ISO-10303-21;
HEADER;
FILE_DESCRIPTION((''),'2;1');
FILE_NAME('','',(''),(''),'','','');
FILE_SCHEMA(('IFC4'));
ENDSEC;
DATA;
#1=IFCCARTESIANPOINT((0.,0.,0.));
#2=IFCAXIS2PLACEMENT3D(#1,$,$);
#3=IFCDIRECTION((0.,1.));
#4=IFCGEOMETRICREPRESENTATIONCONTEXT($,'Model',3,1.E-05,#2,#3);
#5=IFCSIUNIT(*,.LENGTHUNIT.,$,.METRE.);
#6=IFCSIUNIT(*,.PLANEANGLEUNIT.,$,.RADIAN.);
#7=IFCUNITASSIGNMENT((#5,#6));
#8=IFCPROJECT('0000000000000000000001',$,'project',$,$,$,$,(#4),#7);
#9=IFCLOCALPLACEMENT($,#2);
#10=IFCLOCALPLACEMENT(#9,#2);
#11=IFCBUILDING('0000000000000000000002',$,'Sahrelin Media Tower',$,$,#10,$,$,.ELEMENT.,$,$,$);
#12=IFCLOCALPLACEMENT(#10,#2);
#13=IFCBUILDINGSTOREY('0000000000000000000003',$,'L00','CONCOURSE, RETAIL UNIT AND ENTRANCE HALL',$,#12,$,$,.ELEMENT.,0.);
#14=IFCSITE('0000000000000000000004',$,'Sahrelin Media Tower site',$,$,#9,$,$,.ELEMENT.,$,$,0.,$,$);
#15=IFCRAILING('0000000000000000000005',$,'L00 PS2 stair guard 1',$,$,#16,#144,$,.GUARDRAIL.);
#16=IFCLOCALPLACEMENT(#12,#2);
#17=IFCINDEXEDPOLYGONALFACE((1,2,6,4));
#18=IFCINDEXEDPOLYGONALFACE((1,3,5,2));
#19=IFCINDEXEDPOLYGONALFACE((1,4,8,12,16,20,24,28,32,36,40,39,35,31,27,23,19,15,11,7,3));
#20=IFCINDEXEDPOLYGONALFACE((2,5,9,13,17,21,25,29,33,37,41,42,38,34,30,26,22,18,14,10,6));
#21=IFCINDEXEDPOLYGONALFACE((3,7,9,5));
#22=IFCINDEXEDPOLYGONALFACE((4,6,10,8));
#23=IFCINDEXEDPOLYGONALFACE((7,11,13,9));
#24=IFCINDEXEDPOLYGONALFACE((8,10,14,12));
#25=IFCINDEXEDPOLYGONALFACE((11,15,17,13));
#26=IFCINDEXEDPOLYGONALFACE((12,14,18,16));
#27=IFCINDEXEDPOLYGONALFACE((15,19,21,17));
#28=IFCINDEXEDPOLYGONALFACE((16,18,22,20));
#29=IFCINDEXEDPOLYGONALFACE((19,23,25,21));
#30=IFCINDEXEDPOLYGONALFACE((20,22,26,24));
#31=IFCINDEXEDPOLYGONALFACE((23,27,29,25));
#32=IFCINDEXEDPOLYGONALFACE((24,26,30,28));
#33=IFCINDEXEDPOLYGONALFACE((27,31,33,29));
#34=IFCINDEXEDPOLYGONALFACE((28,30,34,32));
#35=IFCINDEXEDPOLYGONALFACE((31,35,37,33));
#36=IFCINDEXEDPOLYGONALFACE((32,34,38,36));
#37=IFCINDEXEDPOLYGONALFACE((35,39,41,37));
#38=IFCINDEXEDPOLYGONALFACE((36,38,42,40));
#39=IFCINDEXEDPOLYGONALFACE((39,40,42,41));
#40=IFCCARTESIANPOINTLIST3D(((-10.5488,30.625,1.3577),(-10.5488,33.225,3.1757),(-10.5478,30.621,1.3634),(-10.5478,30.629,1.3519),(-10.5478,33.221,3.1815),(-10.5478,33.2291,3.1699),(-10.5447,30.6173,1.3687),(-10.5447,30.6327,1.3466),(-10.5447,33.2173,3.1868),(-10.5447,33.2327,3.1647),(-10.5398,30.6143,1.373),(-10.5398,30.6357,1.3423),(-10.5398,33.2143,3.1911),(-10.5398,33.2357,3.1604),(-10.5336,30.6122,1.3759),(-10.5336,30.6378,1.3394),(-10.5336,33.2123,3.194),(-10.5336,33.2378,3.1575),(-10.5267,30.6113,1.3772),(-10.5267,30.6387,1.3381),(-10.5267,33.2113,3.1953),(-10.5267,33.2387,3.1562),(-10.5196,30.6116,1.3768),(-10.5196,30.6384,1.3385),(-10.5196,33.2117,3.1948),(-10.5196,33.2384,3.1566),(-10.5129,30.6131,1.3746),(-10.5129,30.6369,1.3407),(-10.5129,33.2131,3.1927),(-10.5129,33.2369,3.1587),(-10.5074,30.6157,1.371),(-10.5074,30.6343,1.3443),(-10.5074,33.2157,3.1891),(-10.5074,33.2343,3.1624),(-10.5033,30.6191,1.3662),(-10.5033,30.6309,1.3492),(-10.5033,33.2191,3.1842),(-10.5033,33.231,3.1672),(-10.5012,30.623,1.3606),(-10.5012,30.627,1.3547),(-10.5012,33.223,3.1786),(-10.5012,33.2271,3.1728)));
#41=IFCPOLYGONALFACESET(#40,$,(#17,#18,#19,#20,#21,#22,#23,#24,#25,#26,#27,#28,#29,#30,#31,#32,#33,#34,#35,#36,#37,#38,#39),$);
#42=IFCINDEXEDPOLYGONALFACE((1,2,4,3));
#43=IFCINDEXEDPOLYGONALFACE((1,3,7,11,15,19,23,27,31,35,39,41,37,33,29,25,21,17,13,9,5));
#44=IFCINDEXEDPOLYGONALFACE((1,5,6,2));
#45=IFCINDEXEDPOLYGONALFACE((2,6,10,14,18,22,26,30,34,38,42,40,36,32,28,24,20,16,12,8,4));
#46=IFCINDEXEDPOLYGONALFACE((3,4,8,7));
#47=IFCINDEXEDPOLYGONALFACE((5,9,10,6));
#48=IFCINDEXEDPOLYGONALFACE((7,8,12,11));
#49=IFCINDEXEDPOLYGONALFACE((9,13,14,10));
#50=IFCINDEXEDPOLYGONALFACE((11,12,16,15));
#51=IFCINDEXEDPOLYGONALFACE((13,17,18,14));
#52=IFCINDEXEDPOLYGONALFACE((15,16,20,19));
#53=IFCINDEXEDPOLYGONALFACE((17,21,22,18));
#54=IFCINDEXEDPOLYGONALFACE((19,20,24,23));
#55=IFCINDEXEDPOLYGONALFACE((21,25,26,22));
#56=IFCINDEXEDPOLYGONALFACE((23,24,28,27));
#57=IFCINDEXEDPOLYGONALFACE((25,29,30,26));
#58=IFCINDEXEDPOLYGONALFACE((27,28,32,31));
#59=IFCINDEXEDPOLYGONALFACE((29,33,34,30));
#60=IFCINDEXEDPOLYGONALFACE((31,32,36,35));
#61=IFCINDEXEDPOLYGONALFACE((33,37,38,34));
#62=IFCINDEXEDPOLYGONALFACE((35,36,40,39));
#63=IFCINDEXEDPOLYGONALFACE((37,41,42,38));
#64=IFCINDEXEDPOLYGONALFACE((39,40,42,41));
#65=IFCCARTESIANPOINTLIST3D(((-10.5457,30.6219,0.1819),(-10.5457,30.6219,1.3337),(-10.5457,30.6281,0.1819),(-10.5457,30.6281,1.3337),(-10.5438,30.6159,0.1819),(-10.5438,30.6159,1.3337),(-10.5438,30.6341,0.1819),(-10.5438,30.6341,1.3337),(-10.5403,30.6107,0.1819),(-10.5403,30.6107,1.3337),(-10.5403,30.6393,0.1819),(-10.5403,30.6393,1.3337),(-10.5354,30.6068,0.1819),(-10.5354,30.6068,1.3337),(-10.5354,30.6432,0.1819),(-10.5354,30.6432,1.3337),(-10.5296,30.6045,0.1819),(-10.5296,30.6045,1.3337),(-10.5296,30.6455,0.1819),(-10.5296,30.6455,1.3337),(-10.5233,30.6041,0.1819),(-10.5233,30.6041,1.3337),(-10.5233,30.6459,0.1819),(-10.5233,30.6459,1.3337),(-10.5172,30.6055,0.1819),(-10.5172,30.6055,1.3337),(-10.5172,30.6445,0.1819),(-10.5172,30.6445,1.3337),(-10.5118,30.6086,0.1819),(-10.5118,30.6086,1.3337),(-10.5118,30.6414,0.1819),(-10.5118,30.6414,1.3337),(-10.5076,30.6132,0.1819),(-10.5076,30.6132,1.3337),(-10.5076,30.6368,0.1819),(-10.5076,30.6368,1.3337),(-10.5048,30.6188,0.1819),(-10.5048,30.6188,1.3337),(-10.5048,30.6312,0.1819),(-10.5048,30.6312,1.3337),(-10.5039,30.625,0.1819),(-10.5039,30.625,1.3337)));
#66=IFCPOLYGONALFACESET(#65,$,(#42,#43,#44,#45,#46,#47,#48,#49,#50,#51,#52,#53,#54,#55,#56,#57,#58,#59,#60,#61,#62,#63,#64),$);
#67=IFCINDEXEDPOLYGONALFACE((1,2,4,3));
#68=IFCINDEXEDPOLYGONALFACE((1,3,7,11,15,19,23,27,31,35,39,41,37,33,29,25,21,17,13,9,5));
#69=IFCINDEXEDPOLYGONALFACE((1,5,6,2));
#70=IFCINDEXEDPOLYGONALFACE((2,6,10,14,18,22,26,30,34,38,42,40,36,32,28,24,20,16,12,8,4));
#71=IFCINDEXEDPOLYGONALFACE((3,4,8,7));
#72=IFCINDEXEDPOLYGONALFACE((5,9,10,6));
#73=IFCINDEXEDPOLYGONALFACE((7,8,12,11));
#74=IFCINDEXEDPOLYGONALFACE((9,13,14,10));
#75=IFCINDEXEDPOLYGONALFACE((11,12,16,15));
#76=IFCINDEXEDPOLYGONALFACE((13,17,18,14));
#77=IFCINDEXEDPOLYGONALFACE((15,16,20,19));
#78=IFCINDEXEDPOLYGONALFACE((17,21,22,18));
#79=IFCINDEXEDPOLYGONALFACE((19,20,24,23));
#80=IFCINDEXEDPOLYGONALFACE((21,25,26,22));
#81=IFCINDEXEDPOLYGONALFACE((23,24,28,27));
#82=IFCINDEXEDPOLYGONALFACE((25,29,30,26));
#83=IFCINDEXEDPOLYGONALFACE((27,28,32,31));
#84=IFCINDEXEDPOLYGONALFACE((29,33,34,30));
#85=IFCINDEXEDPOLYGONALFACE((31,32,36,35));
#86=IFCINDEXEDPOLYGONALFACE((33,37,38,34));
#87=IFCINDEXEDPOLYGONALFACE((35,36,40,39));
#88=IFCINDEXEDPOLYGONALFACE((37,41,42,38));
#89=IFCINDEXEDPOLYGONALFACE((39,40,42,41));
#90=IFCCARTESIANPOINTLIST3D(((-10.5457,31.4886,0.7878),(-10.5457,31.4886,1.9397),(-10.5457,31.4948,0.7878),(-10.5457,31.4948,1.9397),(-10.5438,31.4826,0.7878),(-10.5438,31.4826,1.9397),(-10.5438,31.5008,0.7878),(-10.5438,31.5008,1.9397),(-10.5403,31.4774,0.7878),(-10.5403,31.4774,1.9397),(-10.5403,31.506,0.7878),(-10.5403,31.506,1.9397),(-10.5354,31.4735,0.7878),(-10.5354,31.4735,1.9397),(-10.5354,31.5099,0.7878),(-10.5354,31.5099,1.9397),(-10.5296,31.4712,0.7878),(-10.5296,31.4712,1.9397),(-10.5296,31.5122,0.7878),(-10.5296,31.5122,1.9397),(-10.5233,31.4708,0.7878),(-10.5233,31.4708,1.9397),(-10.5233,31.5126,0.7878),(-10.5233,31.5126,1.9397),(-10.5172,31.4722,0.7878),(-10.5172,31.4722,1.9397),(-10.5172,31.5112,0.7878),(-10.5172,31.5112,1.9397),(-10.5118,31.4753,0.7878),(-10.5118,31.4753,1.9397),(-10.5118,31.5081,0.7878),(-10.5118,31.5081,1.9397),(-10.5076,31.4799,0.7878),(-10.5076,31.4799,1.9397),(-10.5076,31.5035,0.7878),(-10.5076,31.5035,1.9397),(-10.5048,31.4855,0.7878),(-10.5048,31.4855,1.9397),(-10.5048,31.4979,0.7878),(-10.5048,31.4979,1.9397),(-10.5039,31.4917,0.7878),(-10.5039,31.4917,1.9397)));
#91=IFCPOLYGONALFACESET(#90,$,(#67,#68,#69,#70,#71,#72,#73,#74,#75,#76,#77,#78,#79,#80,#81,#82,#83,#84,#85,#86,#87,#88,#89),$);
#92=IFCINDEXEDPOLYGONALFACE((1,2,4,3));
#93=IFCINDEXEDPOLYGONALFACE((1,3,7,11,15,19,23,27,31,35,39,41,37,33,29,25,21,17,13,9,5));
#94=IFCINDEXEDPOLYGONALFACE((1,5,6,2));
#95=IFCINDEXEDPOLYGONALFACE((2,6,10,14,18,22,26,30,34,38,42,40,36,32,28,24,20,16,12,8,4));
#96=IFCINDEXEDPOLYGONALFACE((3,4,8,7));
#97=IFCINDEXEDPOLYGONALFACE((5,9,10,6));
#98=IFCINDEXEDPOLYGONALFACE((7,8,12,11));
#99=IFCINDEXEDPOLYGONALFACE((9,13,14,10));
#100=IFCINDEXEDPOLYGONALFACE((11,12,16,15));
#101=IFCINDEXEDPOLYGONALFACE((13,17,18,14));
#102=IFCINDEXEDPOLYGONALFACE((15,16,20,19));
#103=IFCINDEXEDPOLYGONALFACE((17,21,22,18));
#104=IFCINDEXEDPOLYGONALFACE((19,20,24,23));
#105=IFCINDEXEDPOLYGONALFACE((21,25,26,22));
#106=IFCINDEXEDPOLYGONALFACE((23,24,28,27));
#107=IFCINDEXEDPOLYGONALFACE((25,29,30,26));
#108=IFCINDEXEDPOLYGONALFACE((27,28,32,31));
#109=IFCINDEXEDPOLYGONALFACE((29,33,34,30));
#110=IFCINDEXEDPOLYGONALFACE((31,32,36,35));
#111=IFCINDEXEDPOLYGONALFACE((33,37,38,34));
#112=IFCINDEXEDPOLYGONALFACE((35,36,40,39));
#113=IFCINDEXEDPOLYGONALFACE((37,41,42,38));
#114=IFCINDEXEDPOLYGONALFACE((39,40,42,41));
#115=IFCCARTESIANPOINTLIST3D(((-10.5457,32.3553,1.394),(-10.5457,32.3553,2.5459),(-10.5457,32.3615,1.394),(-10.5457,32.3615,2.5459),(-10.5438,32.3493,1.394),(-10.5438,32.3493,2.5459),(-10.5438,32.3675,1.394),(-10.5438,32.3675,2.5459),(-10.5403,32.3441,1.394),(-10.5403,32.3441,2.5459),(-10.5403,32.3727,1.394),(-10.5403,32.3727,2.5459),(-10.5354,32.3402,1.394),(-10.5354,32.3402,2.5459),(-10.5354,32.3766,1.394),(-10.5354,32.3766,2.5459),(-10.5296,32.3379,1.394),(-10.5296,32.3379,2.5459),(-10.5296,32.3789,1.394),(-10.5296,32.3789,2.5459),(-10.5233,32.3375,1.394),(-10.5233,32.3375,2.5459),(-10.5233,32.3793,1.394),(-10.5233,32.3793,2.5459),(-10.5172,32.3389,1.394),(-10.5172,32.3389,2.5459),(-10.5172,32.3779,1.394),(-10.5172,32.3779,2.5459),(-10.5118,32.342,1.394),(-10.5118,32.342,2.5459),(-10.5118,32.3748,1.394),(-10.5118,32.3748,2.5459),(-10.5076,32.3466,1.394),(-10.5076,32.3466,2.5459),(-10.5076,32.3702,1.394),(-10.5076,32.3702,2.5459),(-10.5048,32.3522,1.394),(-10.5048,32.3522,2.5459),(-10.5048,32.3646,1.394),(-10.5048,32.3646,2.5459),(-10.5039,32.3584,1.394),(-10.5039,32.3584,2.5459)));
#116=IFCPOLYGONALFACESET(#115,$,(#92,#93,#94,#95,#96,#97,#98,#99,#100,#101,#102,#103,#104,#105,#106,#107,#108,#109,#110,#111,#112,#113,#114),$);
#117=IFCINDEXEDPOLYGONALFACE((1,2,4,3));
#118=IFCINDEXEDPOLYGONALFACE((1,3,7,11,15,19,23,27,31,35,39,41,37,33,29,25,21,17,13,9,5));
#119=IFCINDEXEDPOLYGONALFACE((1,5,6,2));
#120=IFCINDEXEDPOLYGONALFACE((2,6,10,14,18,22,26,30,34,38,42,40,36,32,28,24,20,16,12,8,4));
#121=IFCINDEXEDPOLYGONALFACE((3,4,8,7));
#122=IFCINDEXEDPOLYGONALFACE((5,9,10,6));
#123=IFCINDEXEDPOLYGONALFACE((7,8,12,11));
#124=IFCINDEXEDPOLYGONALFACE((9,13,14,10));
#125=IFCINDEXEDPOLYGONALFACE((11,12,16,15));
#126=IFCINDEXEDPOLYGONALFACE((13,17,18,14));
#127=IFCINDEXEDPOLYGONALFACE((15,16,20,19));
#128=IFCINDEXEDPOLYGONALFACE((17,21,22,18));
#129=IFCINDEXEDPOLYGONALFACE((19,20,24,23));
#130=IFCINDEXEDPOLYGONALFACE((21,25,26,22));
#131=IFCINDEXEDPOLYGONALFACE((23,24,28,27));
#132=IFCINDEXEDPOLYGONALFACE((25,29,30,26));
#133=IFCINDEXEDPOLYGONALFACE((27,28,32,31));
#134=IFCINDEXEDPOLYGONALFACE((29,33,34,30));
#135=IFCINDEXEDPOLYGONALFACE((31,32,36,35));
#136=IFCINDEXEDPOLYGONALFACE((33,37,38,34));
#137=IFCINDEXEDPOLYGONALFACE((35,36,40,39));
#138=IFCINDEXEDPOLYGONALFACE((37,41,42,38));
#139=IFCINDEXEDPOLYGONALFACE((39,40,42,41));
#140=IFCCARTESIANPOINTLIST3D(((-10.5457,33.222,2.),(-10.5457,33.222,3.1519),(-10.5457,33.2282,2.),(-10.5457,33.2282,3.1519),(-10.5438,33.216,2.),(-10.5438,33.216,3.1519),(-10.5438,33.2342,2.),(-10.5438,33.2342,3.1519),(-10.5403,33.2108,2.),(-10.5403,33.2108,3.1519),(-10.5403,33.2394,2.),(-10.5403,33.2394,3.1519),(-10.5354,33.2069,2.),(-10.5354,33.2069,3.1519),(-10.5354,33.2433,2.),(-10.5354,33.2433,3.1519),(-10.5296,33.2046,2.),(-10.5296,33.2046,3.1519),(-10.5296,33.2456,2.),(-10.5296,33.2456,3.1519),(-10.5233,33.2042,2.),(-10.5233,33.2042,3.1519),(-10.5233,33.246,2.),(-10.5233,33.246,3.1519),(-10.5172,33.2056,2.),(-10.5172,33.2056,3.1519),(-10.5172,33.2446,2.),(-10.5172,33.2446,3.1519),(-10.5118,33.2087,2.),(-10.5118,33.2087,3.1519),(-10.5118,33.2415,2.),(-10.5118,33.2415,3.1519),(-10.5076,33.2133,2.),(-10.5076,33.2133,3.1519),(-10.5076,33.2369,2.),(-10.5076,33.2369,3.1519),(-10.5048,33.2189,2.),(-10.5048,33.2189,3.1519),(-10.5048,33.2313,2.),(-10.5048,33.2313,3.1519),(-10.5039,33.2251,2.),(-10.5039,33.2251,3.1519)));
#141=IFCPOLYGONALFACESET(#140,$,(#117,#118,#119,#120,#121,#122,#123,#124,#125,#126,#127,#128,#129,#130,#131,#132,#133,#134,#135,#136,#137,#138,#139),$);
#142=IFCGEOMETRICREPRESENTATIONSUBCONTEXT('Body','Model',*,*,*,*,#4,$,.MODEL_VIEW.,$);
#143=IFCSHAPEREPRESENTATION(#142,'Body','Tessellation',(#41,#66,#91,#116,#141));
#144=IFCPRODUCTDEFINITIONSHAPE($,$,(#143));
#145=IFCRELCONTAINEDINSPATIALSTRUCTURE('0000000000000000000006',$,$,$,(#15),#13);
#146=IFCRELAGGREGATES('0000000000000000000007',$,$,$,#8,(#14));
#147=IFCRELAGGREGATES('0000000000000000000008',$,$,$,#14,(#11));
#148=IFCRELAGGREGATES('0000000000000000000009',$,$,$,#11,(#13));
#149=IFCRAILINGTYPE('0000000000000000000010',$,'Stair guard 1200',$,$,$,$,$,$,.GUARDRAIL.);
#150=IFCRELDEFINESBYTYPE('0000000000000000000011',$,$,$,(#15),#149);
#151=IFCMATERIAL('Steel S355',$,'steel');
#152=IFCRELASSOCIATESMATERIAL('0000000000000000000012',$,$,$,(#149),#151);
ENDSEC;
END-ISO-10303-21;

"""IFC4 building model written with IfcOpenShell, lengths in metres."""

from ifc_helpers import new_model, si_unit, direction, frame, origin, origin_2d, place, context, subcontext, project, spatial, circle, extrude, material, type_object, element, save


model = new_model("IFC4")

# Units and contexts
model_context = context("Model", 3, precision=1e-05, world=origin(), true_north=direction((0.0, 1.0)))
body_context = subcontext(model_context, "Body", "Model", "MODEL_VIEW")
ifc_project = project(units=[si_unit("LENGTHUNIT", "METRE"), si_unit("PLANEANGLEUNIT", "RADIAN")], contexts=[model_context])

# Site, building, storey
site_placement = place(None, origin())
site = spatial("IfcSite", under=ifc_project, at=site_placement, Name="Sahrelin Media Tower site", CompositionType="ELEMENT", RefElevation=0.0)
building_placement = place(site_placement, origin())
building = spatial("IfcBuilding", under=site, at=building_placement, Name="Sahrelin Media Tower", CompositionType="ELEMENT")
storey_placement = place(building_placement, origin())
storey = spatial("IfcBuildingStorey", under=building, at=storey_placement, Name="L00", Description="CONCOURSE, RETAIL UNIT AND ENTRANCE HALL", CompositionType="ELEMENT", Elevation=0.0)

# Shared definitions
ifc_material_1 = material(Name="Steel S355", Category="steel")

# Railing
railing_type_1 = type_object("IfcRailingType", Name="Stair guard 1200", PredefinedType="GUARDRAIL", material=ifc_material_1)
railing_1_placement = place(storey_placement, frame((-10.5249, 30.625, 0.1819)))
element("IfcRailing", 1, at=railing_1_placement, inside=storey, type_object=railing_type_1, Name="L00 PS2 stair guard 1", PredefinedType="GUARDRAIL", context=body_context, shape_type="SweptSolid", body=[
    extrude(circle(Radius=0.0239, at=origin_2d()), frame((0.0, 0.0, 1.1758), z_axis=(0.0, 0.819521, 0.573049), x_axis=(-1.0, 0.0, 0.0)), (0.0, 0.0, 1.0), 3.1726),
    extrude(circle(Radius=0.021, at=origin_2d()), origin(), (0.0, 0.0, 1.0), 1.1519),
    extrude(circle(Radius=0.021, at=origin_2d()), frame((0.0, 0.8667, 0.606)), (0.0, 0.0, 1.0), 1.1519),
    extrude(circle(Radius=0.021, at=origin_2d()), frame((0.0, 1.7334, 1.2122)), (0.0, 0.0, 1.0), 1.1519),
    extrude(circle(Radius=0.021, at=origin_2d()), frame((0.0, 2.6001, 1.8181)), (0.0, 0.0, 1.0), 1.1519),
])

save(model, "model.ifc")
